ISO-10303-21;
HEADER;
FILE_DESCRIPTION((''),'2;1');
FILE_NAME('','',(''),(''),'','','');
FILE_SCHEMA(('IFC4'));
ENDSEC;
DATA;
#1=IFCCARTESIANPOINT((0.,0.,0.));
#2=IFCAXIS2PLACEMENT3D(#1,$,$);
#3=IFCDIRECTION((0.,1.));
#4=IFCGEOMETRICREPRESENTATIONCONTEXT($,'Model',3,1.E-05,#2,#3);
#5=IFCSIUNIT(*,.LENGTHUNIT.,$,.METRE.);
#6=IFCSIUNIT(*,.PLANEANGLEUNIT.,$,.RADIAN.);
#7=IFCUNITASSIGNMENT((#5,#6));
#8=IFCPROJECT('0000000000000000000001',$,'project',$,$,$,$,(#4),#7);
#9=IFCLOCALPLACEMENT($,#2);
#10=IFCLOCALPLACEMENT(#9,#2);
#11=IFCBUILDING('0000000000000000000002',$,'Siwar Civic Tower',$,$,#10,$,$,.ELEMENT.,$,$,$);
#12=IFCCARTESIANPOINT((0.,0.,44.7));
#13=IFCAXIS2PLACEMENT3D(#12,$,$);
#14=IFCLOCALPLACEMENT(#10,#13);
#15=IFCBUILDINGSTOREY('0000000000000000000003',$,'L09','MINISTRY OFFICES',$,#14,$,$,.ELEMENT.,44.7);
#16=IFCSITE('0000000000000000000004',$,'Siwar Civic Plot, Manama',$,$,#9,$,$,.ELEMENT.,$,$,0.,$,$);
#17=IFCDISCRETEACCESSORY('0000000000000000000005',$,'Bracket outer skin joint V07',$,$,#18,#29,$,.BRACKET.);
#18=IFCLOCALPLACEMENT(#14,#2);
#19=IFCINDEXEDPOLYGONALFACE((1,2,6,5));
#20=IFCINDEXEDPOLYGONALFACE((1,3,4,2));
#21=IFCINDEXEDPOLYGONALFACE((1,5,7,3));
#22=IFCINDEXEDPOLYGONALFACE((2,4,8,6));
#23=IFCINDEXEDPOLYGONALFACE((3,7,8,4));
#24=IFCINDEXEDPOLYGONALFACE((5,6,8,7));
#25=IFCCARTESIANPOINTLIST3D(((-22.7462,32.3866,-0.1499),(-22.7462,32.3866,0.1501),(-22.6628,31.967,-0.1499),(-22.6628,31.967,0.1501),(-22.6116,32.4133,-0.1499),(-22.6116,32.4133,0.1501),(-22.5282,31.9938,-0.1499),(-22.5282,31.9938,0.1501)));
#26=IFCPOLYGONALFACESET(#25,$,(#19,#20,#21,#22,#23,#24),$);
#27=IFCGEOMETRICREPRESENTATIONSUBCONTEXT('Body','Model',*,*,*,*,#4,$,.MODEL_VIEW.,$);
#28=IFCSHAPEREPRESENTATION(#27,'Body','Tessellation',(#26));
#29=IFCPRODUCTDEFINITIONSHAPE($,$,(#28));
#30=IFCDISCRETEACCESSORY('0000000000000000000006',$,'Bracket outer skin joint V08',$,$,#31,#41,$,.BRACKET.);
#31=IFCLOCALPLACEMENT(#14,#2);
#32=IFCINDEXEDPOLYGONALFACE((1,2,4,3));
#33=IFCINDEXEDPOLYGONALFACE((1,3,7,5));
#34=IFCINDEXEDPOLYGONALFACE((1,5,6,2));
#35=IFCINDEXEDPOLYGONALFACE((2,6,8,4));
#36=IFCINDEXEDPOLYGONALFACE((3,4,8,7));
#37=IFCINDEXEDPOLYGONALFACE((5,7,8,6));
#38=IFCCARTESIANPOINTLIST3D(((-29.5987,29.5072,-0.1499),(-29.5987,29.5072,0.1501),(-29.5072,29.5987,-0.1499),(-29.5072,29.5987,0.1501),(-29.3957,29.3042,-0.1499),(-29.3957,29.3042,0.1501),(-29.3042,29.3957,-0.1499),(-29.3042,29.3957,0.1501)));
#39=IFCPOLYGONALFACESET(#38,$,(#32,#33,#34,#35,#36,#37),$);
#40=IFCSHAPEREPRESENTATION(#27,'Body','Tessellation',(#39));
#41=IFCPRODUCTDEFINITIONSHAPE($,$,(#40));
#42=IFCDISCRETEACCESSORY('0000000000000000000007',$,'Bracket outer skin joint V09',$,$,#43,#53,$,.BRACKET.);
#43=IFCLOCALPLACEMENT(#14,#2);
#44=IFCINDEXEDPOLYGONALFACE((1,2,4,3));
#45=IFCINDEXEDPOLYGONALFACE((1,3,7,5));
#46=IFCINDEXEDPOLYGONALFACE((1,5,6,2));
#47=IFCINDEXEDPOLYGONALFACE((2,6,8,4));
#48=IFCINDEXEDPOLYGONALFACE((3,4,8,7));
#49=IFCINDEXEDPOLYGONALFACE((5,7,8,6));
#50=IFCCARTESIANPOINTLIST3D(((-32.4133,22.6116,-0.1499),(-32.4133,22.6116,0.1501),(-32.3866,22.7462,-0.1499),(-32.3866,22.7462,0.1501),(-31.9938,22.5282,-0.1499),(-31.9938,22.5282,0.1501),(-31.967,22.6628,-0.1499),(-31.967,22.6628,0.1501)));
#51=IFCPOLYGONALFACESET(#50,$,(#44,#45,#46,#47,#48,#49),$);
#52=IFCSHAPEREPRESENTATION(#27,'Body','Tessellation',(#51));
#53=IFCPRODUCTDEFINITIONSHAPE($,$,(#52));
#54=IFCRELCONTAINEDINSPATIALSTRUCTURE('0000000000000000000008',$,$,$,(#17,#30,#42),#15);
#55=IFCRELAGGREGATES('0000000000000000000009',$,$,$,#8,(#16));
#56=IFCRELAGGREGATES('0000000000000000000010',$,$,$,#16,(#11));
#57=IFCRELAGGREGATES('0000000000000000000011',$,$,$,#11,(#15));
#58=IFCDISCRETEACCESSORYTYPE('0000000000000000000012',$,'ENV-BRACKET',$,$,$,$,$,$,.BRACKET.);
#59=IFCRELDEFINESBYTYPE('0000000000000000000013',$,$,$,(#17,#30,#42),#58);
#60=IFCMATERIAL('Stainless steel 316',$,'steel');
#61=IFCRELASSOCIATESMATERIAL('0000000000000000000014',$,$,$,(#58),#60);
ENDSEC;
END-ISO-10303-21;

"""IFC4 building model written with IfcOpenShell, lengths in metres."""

from ifc_helpers import new_model, si_unit, direction, frame, origin, origin_2d, place, context, subcontext, project, spatial, rectangle, extrude, material, type_object, element, save


model = new_model("IFC4")

# Units and contexts
model_context = context("Model", 3, precision=1e-05, world=origin(), true_north=direction((0.0, 1.0)))
body_context = subcontext(model_context, "Body", "Model", "MODEL_VIEW")
ifc_project = project(units=[si_unit("LENGTHUNIT", "METRE"), si_unit("PLANEANGLEUNIT", "RADIAN")], contexts=[model_context])

# Site, building, storey
site_placement = place(None, origin())
site = spatial("IfcSite", under=ifc_project, at=site_placement, Name="Siwar Civic Plot, Manama", CompositionType="ELEMENT", RefElevation=0.0)
building_placement = place(site_placement, origin())
building = spatial("IfcBuilding", under=site, at=building_placement, Name="Siwar Civic Tower", CompositionType="ELEMENT")
storey_placement = place(building_placement, frame((0.0, 0.0, 44.7)))
storey = spatial("IfcBuildingStorey", under=building, at=storey_placement, Name="L09", Description="MINISTRY OFFICES", CompositionType="ELEMENT", Elevation=44.7)

# Discrete accessories
ifc_material_1 = material(Name="Stainless steel 316", Category="steel")
discrete_accessory_type = type_object("IfcDiscreteAccessoryType", Name="ENV-BRACKET", PredefinedType="BRACKET", material=ifc_material_1)
discrete_accessory_1_placement = place(storey_placement, frame((-22.6372, 32.1902, -0.1499), z_axis=(0.0, 0.0, 1.0), x_axis=(-0.19509, 0.980785, 0.0)))
element("IfcDiscreteAccessory", 1, at=discrete_accessory_1_placement, inside=storey, type_object=discrete_accessory_type, Name="Bracket outer skin joint V07", PredefinedType="BRACKET", context=body_context, shape_type="SweptSolid", body=[
    extrude(rectangle(XDim=0.4277, YDim=0.1372, at=origin_2d()), origin(), (0.0, 0.0, 1.0), 0.3),
])
discrete_accessory_2_placement = place(storey_placement, frame((-29.4514, 29.4514, -0.1499), z_axis=(0.0, 0.0, 1.0), x_axis=(-0.707107, 0.707107, 0.0)))
element("IfcDiscreteAccessory", 2, at=discrete_accessory_2_placement, inside=storey, type_object=discrete_accessory_type, Name="Bracket outer skin joint V08", PredefinedType="BRACKET", context=body_context, shape_type="SweptSolid", body=[
    extrude(rectangle(XDim=0.2871, YDim=0.1294, at=origin_2d()), origin(), (0.0, 0.0, 1.0), 0.3),
])
discrete_accessory_3_placement = place(storey_placement, frame((-32.1902, 22.6372, -0.1499), z_axis=(0.0, 0.0, 1.0), x_axis=(-0.980785, 0.19509, 0.0)))
element("IfcDiscreteAccessory", 3, at=discrete_accessory_3_placement, inside=storey, type_object=discrete_accessory_type, Name="Bracket outer skin joint V09", PredefinedType="BRACKET", context=body_context, shape_type="SweptSolid", body=[
    extrude(rectangle(XDim=0.4277, YDim=0.1372, at=origin_2d()), origin(), (0.0, 0.0, 1.0), 0.3),
])

save(model, "model.ifc")
